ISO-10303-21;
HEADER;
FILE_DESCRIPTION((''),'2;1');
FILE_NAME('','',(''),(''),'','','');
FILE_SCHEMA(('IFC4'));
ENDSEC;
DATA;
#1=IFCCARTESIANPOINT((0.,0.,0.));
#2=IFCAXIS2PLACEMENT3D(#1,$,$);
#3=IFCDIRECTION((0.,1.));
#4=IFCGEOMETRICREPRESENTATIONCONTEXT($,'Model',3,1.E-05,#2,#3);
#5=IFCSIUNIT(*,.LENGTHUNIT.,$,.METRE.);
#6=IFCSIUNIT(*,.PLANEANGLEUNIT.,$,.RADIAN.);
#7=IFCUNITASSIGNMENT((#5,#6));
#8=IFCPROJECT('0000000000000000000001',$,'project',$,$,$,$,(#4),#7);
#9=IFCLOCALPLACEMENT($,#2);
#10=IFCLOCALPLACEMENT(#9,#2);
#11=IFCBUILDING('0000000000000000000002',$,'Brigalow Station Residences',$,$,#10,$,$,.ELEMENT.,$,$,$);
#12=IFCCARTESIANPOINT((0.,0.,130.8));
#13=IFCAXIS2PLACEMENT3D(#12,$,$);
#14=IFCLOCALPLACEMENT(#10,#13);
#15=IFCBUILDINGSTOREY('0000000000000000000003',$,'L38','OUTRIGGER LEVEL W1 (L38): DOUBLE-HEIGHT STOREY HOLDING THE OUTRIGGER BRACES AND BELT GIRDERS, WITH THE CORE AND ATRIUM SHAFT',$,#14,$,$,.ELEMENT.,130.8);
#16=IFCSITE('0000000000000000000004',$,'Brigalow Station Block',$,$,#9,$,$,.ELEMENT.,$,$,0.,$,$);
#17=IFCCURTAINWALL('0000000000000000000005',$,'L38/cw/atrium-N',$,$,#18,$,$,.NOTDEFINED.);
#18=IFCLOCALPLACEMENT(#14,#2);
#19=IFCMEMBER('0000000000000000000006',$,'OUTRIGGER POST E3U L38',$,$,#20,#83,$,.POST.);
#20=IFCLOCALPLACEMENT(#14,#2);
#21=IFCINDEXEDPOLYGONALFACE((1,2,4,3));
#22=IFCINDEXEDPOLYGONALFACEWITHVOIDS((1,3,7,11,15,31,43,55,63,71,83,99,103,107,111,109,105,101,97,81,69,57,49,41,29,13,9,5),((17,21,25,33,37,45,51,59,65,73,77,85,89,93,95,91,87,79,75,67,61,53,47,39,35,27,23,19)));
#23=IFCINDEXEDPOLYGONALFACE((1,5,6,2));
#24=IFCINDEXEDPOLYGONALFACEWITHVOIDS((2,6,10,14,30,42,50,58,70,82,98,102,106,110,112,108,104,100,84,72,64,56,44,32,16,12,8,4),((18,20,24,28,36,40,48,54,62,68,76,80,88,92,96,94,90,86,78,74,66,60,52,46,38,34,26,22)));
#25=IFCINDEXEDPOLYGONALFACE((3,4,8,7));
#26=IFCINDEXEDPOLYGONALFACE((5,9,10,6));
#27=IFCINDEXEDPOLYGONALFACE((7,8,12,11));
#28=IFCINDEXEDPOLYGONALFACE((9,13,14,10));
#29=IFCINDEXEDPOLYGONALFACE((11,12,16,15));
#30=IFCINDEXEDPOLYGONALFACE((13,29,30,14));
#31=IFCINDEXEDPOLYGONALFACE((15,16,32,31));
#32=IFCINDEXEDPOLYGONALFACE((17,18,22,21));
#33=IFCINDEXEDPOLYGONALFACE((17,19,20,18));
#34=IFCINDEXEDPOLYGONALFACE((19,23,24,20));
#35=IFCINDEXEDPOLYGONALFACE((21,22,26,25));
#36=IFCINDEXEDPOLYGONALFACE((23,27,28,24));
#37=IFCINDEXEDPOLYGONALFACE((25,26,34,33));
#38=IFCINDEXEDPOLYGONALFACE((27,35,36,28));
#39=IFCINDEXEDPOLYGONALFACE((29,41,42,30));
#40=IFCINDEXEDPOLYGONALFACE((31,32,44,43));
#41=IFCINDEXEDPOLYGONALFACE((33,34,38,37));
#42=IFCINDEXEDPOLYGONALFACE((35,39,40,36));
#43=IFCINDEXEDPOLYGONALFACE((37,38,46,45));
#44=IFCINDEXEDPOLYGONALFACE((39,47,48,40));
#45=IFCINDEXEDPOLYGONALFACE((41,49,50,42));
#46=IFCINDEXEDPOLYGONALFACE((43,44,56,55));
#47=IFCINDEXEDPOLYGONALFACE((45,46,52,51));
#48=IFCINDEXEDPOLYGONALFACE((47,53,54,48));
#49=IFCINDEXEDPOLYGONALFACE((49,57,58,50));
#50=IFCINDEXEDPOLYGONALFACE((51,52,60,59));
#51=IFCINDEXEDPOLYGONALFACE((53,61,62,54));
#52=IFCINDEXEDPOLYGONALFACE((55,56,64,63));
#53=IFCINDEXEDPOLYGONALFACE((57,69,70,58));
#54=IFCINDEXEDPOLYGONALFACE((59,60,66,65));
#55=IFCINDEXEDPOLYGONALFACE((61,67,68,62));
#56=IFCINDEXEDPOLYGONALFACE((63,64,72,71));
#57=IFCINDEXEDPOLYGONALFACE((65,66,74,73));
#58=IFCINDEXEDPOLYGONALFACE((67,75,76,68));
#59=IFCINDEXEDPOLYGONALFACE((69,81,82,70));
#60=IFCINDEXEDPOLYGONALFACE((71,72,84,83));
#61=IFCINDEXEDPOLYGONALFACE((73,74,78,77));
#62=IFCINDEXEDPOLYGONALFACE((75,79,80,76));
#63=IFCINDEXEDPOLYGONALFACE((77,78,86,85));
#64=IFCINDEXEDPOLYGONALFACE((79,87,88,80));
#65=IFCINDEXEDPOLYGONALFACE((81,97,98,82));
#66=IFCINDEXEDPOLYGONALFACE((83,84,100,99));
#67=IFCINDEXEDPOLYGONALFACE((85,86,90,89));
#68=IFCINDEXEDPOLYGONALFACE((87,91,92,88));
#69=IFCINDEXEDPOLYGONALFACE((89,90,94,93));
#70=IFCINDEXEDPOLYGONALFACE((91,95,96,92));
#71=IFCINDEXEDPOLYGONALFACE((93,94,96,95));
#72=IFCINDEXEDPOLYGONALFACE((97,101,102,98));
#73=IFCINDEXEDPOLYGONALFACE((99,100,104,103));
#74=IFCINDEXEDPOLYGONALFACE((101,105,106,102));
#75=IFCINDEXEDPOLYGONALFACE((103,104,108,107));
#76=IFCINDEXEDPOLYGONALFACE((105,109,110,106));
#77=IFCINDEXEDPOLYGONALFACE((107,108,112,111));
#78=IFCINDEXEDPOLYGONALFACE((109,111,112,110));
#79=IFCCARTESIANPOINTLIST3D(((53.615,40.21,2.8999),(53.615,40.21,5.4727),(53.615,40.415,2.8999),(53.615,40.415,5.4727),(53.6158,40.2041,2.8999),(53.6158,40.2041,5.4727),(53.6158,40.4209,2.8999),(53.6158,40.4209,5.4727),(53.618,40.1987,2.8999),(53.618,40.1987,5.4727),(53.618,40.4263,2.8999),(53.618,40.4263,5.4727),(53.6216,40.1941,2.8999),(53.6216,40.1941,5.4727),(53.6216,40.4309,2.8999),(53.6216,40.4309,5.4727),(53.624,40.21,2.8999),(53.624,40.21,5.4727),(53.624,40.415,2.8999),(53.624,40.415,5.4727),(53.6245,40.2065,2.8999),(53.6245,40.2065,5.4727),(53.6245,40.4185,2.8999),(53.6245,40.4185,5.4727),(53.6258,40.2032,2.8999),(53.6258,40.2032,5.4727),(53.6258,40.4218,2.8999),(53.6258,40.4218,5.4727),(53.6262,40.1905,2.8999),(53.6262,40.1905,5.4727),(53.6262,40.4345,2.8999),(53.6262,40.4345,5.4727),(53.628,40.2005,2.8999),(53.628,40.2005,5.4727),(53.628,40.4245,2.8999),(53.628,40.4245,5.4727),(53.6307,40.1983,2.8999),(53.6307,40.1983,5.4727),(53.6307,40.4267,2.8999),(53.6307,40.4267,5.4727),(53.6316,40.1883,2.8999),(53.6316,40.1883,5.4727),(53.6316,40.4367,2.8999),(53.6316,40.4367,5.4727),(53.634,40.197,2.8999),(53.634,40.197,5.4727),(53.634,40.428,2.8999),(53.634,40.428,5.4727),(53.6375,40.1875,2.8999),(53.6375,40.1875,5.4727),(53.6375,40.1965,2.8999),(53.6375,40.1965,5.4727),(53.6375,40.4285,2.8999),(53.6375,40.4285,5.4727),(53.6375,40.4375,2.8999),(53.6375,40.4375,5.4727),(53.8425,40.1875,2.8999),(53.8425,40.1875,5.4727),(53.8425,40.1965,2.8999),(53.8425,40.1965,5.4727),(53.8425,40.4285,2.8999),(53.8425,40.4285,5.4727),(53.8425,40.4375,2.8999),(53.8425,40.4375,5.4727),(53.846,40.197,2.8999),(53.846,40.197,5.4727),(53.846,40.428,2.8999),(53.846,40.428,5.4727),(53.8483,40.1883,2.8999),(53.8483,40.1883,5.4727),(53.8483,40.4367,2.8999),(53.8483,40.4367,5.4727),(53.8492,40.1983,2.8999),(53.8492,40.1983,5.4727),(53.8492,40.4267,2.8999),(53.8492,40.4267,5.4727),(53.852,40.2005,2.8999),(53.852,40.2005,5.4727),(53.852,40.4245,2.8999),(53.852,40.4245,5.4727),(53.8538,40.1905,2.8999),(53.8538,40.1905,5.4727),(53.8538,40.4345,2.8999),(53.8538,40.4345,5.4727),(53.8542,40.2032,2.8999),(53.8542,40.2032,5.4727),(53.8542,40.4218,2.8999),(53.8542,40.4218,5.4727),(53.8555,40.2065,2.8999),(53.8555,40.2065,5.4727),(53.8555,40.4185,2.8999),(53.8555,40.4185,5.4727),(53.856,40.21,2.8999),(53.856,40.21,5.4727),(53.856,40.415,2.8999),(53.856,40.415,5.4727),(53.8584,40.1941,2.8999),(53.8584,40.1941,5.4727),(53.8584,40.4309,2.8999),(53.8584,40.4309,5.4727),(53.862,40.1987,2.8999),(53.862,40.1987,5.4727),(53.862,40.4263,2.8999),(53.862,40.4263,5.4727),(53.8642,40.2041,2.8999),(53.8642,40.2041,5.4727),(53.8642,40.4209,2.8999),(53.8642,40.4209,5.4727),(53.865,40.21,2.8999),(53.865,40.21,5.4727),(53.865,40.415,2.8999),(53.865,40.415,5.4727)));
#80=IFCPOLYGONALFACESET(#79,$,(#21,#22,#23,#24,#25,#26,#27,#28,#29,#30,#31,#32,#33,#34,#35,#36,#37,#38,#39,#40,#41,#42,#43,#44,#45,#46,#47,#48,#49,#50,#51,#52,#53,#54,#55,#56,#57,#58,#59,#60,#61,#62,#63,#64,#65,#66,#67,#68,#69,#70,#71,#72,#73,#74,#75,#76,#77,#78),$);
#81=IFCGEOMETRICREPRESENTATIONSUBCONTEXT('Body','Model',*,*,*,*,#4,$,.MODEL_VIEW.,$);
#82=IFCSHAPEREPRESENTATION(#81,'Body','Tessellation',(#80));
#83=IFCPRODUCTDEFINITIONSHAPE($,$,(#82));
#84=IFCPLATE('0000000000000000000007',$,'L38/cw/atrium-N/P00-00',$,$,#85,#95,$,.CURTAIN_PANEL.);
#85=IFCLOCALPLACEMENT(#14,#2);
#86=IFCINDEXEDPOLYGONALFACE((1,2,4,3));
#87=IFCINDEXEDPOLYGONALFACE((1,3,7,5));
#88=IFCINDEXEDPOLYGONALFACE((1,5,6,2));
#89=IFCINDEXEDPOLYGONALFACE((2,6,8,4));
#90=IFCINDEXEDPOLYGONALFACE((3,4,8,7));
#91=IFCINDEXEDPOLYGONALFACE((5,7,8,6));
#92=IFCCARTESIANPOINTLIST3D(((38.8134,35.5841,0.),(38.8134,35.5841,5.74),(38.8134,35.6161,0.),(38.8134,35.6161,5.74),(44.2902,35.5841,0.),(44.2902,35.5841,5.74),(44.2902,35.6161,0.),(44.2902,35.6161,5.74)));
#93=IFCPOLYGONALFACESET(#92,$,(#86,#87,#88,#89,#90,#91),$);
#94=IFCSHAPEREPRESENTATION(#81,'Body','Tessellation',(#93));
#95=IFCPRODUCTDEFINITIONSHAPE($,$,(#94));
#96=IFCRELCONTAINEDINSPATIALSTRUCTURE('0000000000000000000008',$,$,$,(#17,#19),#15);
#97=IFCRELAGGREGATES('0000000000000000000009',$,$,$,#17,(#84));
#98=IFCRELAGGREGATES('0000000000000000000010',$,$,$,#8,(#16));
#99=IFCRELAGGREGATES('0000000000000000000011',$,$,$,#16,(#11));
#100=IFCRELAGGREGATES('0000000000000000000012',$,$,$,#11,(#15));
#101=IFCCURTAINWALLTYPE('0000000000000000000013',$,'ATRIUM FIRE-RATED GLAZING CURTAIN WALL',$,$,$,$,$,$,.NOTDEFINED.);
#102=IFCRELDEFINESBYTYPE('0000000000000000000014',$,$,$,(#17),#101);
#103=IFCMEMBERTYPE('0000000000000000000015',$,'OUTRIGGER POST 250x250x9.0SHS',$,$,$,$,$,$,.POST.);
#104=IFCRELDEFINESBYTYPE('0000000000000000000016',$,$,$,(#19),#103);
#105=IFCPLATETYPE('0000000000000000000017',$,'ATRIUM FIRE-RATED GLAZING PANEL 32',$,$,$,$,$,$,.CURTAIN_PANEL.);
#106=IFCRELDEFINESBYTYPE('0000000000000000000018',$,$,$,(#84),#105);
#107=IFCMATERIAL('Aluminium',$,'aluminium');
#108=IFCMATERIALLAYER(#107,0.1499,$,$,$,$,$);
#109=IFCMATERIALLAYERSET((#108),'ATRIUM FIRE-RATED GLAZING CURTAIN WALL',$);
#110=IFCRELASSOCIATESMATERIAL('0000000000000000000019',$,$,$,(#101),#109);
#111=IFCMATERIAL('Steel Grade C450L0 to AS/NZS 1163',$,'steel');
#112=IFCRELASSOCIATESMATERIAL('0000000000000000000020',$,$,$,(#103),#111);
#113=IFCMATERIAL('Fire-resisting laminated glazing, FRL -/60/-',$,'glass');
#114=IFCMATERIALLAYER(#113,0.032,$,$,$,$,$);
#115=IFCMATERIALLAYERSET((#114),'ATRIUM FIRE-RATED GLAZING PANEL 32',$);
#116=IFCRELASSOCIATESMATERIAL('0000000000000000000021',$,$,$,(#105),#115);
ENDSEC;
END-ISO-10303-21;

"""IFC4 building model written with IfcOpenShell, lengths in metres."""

from ifc_helpers import new_model, si_unit, direction, frame, origin, origin_2d, place, context, subcontext, project, spatial, rectangle, hollow_rectangle, extrude, material, layer, layer_set, material_profile, profile_set, type_object, element, aggregate, save


model = new_model("IFC4")

# Units and contexts
model_context = context("Model", 3, precision=1e-05, world=origin(), true_north=direction((0.0, 1.0)))
body_context = subcontext(model_context, "Body", "Model", "MODEL_VIEW")
ifc_project = project(units=[si_unit("LENGTHUNIT", "METRE"), si_unit("PLANEANGLEUNIT", "RADIAN")], contexts=[model_context])

# Site, building, storey
site_placement = place(None, origin())
site = spatial("IfcSite", under=ifc_project, at=site_placement, Name="Brigalow Station Block", CompositionType="ELEMENT", RefElevation=0.0)
building_placement = place(site_placement, origin())
building = spatial("IfcBuilding", under=site, at=building_placement, Name="Brigalow Station Residences", CompositionType="ELEMENT")
storey_placement = place(building_placement, frame((0.0, 0.0, 130.8)))
storey = spatial("IfcBuildingStorey", under=building, at=storey_placement, Name="L38", Description="OUTRIGGER LEVEL W1 (L38): DOUBLE-HEIGHT STOREY HOLDING THE OUTRIGGER BRACES AND BELT GIRDERS, WITH THE CORE AND ATRIUM SHAFT", CompositionType="ELEMENT", Elevation=130.8)

# Curtain wall
ifc_material_1 = material(Name="Aluminium", Category="aluminium")
ifc_layer_1 = layer(ifc_material_1, 0.1499)
ifc_layer_set_1 = layer_set([ifc_layer_1], Name="ATRIUM FIRE-RATED GLAZING CURTAIN WALL")
curtain_wall_type = type_object("IfcCurtainWallType", Name="ATRIUM FIRE-RATED GLAZING CURTAIN WALL", PredefinedType="NOTDEFINED", material=ifc_layer_set_1)
curtain_wall_placement = place(storey_placement, origin())
curtain_wall = element("IfcCurtainWall", 1, at=curtain_wall_placement, inside=storey, type_object=curtain_wall_type, Name="L38/cw/atrium-N", PredefinedType="NOTDEFINED")

# Member
ifc_material_2 = material(Name="Steel Grade C450L0 to AS/NZS 1163", Category="steel")
ifc_material_profile_1 = material_profile(ifc_material_2, hollow_rectangle(XDim=0.25, YDim=0.25, WallThickness=0.009, InnerFilletRadius=0.0134, OuterFilletRadius=0.0225, at=origin_2d()), Name="250x250x9.0SHS")
ifc_profile_set_1 = profile_set([ifc_material_profile_1], Name="Steel Grade C450L0 to AS/NZS 1163")
member_type_1 = type_object("IfcMemberType", Name="OUTRIGGER POST 250x250x9.0SHS", PredefinedType="POST", material=ifc_profile_set_1)
for number, where, z_axis, x_axis, name in (
    (2, (53.74, 40.3125, 2.8999), (0.0, 0.0, 1.0), (1.0, 0.0, 0.0), "OUTRIGGER POST E3U L38"),
):
    element("IfcMember", number, at=place(storey_placement, frame(where, z_axis=z_axis, x_axis=x_axis)), inside=storey, type_object=member_type_1, Name=name, PredefinedType="POST", context=body_context, shape_type="SweptSolid", body=[
        extrude(hollow_rectangle(XDim=0.25, YDim=0.25, WallThickness=0.009, InnerFilletRadius=0.0134, OuterFilletRadius=0.0225, at=origin_2d()), origin(), (0.0, 0.0, 1.0), 2.5728),
    ])

# Plate
ifc_material_3 = material(Name="Fire-resisting laminated glazing, FRL -/60/-", Category="glass")
ifc_layer_2 = layer(ifc_material_3, 0.032)
ifc_layer_set_2 = layer_set([ifc_layer_2], Name="ATRIUM FIRE-RATED GLAZING PANEL 32")
plate_type = type_object("IfcPlateType", Name="ATRIUM FIRE-RATED GLAZING PANEL 32", PredefinedType="CURTAIN_PANEL", material=ifc_layer_set_2)
plate_placement = place(storey_placement, frame((41.5518, 35.6001, 0.0), z_axis=(0.0, 0.0, 1.0), x_axis=(-1.0, 0.0, 0.0)))
plate = element("IfcPlate", 3, at=plate_placement, type_object=plate_type, Name="L38/cw/atrium-N/P00-00", PredefinedType="CURTAIN_PANEL", context=body_context, shape_type="SweptSolid", body=[
    extrude(rectangle(XDim=5.4768, YDim=0.032, at=origin_2d()), origin(), (0.0, 0.0, 1.0), 5.74),
])
aggregate(curtain_wall, [plate])

save(model, "model.ifc")
